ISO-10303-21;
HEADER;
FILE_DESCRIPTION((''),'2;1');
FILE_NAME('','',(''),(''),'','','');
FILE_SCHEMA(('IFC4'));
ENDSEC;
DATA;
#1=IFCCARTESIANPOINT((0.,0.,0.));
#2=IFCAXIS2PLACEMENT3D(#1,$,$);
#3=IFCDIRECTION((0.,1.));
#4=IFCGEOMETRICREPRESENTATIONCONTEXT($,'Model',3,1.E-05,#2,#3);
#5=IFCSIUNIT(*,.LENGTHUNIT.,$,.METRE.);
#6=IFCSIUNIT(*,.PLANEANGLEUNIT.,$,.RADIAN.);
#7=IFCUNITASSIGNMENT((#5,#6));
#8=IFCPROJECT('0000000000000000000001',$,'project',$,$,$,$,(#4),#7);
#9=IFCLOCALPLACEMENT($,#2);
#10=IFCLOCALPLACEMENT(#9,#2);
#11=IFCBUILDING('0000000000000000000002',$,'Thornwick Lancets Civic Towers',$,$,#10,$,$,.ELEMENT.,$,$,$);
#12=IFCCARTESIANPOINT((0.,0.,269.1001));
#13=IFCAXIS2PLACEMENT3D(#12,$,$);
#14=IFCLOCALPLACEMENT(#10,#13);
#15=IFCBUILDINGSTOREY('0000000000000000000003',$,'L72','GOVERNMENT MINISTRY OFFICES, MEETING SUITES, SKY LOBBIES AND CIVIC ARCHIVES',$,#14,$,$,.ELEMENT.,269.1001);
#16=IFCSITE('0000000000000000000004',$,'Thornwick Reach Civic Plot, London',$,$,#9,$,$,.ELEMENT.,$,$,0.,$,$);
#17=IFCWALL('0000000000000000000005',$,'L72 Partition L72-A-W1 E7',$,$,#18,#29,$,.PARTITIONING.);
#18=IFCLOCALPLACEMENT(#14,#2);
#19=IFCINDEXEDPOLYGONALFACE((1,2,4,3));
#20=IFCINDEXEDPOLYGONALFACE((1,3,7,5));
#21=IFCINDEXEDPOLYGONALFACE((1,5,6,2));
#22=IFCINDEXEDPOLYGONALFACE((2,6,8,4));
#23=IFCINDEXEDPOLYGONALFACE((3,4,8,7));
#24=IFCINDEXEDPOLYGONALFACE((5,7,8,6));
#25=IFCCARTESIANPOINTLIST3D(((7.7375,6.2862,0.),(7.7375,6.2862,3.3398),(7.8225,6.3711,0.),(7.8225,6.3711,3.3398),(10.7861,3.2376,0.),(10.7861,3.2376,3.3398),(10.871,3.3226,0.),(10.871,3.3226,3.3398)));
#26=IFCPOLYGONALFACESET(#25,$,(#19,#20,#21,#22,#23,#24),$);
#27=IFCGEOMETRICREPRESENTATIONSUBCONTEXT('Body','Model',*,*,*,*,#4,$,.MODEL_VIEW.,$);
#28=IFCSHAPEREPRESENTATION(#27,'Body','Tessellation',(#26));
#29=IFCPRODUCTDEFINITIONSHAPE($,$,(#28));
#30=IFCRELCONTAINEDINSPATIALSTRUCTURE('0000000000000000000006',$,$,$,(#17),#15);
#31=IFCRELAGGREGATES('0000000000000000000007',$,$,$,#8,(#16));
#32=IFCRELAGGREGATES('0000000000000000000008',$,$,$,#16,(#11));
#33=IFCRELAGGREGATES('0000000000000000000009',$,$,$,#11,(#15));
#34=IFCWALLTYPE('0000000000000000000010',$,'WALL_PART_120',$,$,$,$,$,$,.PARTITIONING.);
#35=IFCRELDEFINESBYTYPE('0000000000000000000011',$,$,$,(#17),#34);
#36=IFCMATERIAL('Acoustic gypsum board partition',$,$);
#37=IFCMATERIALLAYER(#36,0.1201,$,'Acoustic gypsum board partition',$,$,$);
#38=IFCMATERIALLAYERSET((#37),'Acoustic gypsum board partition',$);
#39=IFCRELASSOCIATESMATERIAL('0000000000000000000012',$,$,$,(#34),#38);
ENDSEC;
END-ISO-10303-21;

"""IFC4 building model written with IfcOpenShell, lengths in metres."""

from ifc_helpers import new_model, si_unit, direction, frame, frame_2d, origin, place, context, subcontext, project, spatial, rectangle, extrude, material, layer, layer_set, type_object, element, save


model = new_model("IFC4")

# Units and contexts
model_context = context("Model", 3, precision=1e-05, world=origin(), true_north=direction((0.0, 1.0)))
body_context = subcontext(model_context, "Body", "Model", "MODEL_VIEW")
ifc_project = project(units=[si_unit("LENGTHUNIT", "METRE"), si_unit("PLANEANGLEUNIT", "RADIAN")], contexts=[model_context])

# Site, building, storey
site_placement = place(None, origin())
site = spatial("IfcSite", under=ifc_project, at=site_placement, Name="Thornwick Reach Civic Plot, London", CompositionType="ELEMENT", RefElevation=0.0)
building_placement = place(site_placement, origin())
building = spatial("IfcBuilding", under=site, at=building_placement, Name="Thornwick Lancets Civic Towers", CompositionType="ELEMENT")
storey_placement = place(building_placement, frame((0.0, 0.0, 269.1001)))
storey = spatial("IfcBuildingStorey", under=building, at=storey_placement, Name="L72", Description="GOVERNMENT MINISTRY OFFICES, MEETING SUITES, SKY LOBBIES AND CIVIC ARCHIVES", CompositionType="ELEMENT", Elevation=269.1001)

# Wall
ifc_material_1 = material(Name="Acoustic gypsum board partition")
ifc_layer_1 = layer(ifc_material_1, 0.1201, Name="Acoustic gypsum board partition")
ifc_layer_set_1 = layer_set([ifc_layer_1], Name="Acoustic gypsum board partition")
wall_type_1 = type_object("IfcWallType", Name="WALL_PART_120", PredefinedType="PARTITIONING", material=ifc_layer_set_1)
wall_1_placement = place(storey_placement, frame((10.8286, 3.28, 0.0), z_axis=(0.0, 0.0, 1.0), x_axis=(-0.707107, 0.707107, 0.0)))
element("IfcWall", 1, at=wall_1_placement, inside=storey, type_object=wall_type_1, Name="L72 Partition L72-A-W1 E7", PredefinedType="PARTITIONING", context=body_context, shape_type="SweptSolid", body=[
    extrude(rectangle(XDim=4.3113, YDim=0.1201, at=frame_2d((2.1558, 0.0))), origin(), (0.0, 0.0, 1.0), 3.3398),
])

save(model, "model.ifc")
